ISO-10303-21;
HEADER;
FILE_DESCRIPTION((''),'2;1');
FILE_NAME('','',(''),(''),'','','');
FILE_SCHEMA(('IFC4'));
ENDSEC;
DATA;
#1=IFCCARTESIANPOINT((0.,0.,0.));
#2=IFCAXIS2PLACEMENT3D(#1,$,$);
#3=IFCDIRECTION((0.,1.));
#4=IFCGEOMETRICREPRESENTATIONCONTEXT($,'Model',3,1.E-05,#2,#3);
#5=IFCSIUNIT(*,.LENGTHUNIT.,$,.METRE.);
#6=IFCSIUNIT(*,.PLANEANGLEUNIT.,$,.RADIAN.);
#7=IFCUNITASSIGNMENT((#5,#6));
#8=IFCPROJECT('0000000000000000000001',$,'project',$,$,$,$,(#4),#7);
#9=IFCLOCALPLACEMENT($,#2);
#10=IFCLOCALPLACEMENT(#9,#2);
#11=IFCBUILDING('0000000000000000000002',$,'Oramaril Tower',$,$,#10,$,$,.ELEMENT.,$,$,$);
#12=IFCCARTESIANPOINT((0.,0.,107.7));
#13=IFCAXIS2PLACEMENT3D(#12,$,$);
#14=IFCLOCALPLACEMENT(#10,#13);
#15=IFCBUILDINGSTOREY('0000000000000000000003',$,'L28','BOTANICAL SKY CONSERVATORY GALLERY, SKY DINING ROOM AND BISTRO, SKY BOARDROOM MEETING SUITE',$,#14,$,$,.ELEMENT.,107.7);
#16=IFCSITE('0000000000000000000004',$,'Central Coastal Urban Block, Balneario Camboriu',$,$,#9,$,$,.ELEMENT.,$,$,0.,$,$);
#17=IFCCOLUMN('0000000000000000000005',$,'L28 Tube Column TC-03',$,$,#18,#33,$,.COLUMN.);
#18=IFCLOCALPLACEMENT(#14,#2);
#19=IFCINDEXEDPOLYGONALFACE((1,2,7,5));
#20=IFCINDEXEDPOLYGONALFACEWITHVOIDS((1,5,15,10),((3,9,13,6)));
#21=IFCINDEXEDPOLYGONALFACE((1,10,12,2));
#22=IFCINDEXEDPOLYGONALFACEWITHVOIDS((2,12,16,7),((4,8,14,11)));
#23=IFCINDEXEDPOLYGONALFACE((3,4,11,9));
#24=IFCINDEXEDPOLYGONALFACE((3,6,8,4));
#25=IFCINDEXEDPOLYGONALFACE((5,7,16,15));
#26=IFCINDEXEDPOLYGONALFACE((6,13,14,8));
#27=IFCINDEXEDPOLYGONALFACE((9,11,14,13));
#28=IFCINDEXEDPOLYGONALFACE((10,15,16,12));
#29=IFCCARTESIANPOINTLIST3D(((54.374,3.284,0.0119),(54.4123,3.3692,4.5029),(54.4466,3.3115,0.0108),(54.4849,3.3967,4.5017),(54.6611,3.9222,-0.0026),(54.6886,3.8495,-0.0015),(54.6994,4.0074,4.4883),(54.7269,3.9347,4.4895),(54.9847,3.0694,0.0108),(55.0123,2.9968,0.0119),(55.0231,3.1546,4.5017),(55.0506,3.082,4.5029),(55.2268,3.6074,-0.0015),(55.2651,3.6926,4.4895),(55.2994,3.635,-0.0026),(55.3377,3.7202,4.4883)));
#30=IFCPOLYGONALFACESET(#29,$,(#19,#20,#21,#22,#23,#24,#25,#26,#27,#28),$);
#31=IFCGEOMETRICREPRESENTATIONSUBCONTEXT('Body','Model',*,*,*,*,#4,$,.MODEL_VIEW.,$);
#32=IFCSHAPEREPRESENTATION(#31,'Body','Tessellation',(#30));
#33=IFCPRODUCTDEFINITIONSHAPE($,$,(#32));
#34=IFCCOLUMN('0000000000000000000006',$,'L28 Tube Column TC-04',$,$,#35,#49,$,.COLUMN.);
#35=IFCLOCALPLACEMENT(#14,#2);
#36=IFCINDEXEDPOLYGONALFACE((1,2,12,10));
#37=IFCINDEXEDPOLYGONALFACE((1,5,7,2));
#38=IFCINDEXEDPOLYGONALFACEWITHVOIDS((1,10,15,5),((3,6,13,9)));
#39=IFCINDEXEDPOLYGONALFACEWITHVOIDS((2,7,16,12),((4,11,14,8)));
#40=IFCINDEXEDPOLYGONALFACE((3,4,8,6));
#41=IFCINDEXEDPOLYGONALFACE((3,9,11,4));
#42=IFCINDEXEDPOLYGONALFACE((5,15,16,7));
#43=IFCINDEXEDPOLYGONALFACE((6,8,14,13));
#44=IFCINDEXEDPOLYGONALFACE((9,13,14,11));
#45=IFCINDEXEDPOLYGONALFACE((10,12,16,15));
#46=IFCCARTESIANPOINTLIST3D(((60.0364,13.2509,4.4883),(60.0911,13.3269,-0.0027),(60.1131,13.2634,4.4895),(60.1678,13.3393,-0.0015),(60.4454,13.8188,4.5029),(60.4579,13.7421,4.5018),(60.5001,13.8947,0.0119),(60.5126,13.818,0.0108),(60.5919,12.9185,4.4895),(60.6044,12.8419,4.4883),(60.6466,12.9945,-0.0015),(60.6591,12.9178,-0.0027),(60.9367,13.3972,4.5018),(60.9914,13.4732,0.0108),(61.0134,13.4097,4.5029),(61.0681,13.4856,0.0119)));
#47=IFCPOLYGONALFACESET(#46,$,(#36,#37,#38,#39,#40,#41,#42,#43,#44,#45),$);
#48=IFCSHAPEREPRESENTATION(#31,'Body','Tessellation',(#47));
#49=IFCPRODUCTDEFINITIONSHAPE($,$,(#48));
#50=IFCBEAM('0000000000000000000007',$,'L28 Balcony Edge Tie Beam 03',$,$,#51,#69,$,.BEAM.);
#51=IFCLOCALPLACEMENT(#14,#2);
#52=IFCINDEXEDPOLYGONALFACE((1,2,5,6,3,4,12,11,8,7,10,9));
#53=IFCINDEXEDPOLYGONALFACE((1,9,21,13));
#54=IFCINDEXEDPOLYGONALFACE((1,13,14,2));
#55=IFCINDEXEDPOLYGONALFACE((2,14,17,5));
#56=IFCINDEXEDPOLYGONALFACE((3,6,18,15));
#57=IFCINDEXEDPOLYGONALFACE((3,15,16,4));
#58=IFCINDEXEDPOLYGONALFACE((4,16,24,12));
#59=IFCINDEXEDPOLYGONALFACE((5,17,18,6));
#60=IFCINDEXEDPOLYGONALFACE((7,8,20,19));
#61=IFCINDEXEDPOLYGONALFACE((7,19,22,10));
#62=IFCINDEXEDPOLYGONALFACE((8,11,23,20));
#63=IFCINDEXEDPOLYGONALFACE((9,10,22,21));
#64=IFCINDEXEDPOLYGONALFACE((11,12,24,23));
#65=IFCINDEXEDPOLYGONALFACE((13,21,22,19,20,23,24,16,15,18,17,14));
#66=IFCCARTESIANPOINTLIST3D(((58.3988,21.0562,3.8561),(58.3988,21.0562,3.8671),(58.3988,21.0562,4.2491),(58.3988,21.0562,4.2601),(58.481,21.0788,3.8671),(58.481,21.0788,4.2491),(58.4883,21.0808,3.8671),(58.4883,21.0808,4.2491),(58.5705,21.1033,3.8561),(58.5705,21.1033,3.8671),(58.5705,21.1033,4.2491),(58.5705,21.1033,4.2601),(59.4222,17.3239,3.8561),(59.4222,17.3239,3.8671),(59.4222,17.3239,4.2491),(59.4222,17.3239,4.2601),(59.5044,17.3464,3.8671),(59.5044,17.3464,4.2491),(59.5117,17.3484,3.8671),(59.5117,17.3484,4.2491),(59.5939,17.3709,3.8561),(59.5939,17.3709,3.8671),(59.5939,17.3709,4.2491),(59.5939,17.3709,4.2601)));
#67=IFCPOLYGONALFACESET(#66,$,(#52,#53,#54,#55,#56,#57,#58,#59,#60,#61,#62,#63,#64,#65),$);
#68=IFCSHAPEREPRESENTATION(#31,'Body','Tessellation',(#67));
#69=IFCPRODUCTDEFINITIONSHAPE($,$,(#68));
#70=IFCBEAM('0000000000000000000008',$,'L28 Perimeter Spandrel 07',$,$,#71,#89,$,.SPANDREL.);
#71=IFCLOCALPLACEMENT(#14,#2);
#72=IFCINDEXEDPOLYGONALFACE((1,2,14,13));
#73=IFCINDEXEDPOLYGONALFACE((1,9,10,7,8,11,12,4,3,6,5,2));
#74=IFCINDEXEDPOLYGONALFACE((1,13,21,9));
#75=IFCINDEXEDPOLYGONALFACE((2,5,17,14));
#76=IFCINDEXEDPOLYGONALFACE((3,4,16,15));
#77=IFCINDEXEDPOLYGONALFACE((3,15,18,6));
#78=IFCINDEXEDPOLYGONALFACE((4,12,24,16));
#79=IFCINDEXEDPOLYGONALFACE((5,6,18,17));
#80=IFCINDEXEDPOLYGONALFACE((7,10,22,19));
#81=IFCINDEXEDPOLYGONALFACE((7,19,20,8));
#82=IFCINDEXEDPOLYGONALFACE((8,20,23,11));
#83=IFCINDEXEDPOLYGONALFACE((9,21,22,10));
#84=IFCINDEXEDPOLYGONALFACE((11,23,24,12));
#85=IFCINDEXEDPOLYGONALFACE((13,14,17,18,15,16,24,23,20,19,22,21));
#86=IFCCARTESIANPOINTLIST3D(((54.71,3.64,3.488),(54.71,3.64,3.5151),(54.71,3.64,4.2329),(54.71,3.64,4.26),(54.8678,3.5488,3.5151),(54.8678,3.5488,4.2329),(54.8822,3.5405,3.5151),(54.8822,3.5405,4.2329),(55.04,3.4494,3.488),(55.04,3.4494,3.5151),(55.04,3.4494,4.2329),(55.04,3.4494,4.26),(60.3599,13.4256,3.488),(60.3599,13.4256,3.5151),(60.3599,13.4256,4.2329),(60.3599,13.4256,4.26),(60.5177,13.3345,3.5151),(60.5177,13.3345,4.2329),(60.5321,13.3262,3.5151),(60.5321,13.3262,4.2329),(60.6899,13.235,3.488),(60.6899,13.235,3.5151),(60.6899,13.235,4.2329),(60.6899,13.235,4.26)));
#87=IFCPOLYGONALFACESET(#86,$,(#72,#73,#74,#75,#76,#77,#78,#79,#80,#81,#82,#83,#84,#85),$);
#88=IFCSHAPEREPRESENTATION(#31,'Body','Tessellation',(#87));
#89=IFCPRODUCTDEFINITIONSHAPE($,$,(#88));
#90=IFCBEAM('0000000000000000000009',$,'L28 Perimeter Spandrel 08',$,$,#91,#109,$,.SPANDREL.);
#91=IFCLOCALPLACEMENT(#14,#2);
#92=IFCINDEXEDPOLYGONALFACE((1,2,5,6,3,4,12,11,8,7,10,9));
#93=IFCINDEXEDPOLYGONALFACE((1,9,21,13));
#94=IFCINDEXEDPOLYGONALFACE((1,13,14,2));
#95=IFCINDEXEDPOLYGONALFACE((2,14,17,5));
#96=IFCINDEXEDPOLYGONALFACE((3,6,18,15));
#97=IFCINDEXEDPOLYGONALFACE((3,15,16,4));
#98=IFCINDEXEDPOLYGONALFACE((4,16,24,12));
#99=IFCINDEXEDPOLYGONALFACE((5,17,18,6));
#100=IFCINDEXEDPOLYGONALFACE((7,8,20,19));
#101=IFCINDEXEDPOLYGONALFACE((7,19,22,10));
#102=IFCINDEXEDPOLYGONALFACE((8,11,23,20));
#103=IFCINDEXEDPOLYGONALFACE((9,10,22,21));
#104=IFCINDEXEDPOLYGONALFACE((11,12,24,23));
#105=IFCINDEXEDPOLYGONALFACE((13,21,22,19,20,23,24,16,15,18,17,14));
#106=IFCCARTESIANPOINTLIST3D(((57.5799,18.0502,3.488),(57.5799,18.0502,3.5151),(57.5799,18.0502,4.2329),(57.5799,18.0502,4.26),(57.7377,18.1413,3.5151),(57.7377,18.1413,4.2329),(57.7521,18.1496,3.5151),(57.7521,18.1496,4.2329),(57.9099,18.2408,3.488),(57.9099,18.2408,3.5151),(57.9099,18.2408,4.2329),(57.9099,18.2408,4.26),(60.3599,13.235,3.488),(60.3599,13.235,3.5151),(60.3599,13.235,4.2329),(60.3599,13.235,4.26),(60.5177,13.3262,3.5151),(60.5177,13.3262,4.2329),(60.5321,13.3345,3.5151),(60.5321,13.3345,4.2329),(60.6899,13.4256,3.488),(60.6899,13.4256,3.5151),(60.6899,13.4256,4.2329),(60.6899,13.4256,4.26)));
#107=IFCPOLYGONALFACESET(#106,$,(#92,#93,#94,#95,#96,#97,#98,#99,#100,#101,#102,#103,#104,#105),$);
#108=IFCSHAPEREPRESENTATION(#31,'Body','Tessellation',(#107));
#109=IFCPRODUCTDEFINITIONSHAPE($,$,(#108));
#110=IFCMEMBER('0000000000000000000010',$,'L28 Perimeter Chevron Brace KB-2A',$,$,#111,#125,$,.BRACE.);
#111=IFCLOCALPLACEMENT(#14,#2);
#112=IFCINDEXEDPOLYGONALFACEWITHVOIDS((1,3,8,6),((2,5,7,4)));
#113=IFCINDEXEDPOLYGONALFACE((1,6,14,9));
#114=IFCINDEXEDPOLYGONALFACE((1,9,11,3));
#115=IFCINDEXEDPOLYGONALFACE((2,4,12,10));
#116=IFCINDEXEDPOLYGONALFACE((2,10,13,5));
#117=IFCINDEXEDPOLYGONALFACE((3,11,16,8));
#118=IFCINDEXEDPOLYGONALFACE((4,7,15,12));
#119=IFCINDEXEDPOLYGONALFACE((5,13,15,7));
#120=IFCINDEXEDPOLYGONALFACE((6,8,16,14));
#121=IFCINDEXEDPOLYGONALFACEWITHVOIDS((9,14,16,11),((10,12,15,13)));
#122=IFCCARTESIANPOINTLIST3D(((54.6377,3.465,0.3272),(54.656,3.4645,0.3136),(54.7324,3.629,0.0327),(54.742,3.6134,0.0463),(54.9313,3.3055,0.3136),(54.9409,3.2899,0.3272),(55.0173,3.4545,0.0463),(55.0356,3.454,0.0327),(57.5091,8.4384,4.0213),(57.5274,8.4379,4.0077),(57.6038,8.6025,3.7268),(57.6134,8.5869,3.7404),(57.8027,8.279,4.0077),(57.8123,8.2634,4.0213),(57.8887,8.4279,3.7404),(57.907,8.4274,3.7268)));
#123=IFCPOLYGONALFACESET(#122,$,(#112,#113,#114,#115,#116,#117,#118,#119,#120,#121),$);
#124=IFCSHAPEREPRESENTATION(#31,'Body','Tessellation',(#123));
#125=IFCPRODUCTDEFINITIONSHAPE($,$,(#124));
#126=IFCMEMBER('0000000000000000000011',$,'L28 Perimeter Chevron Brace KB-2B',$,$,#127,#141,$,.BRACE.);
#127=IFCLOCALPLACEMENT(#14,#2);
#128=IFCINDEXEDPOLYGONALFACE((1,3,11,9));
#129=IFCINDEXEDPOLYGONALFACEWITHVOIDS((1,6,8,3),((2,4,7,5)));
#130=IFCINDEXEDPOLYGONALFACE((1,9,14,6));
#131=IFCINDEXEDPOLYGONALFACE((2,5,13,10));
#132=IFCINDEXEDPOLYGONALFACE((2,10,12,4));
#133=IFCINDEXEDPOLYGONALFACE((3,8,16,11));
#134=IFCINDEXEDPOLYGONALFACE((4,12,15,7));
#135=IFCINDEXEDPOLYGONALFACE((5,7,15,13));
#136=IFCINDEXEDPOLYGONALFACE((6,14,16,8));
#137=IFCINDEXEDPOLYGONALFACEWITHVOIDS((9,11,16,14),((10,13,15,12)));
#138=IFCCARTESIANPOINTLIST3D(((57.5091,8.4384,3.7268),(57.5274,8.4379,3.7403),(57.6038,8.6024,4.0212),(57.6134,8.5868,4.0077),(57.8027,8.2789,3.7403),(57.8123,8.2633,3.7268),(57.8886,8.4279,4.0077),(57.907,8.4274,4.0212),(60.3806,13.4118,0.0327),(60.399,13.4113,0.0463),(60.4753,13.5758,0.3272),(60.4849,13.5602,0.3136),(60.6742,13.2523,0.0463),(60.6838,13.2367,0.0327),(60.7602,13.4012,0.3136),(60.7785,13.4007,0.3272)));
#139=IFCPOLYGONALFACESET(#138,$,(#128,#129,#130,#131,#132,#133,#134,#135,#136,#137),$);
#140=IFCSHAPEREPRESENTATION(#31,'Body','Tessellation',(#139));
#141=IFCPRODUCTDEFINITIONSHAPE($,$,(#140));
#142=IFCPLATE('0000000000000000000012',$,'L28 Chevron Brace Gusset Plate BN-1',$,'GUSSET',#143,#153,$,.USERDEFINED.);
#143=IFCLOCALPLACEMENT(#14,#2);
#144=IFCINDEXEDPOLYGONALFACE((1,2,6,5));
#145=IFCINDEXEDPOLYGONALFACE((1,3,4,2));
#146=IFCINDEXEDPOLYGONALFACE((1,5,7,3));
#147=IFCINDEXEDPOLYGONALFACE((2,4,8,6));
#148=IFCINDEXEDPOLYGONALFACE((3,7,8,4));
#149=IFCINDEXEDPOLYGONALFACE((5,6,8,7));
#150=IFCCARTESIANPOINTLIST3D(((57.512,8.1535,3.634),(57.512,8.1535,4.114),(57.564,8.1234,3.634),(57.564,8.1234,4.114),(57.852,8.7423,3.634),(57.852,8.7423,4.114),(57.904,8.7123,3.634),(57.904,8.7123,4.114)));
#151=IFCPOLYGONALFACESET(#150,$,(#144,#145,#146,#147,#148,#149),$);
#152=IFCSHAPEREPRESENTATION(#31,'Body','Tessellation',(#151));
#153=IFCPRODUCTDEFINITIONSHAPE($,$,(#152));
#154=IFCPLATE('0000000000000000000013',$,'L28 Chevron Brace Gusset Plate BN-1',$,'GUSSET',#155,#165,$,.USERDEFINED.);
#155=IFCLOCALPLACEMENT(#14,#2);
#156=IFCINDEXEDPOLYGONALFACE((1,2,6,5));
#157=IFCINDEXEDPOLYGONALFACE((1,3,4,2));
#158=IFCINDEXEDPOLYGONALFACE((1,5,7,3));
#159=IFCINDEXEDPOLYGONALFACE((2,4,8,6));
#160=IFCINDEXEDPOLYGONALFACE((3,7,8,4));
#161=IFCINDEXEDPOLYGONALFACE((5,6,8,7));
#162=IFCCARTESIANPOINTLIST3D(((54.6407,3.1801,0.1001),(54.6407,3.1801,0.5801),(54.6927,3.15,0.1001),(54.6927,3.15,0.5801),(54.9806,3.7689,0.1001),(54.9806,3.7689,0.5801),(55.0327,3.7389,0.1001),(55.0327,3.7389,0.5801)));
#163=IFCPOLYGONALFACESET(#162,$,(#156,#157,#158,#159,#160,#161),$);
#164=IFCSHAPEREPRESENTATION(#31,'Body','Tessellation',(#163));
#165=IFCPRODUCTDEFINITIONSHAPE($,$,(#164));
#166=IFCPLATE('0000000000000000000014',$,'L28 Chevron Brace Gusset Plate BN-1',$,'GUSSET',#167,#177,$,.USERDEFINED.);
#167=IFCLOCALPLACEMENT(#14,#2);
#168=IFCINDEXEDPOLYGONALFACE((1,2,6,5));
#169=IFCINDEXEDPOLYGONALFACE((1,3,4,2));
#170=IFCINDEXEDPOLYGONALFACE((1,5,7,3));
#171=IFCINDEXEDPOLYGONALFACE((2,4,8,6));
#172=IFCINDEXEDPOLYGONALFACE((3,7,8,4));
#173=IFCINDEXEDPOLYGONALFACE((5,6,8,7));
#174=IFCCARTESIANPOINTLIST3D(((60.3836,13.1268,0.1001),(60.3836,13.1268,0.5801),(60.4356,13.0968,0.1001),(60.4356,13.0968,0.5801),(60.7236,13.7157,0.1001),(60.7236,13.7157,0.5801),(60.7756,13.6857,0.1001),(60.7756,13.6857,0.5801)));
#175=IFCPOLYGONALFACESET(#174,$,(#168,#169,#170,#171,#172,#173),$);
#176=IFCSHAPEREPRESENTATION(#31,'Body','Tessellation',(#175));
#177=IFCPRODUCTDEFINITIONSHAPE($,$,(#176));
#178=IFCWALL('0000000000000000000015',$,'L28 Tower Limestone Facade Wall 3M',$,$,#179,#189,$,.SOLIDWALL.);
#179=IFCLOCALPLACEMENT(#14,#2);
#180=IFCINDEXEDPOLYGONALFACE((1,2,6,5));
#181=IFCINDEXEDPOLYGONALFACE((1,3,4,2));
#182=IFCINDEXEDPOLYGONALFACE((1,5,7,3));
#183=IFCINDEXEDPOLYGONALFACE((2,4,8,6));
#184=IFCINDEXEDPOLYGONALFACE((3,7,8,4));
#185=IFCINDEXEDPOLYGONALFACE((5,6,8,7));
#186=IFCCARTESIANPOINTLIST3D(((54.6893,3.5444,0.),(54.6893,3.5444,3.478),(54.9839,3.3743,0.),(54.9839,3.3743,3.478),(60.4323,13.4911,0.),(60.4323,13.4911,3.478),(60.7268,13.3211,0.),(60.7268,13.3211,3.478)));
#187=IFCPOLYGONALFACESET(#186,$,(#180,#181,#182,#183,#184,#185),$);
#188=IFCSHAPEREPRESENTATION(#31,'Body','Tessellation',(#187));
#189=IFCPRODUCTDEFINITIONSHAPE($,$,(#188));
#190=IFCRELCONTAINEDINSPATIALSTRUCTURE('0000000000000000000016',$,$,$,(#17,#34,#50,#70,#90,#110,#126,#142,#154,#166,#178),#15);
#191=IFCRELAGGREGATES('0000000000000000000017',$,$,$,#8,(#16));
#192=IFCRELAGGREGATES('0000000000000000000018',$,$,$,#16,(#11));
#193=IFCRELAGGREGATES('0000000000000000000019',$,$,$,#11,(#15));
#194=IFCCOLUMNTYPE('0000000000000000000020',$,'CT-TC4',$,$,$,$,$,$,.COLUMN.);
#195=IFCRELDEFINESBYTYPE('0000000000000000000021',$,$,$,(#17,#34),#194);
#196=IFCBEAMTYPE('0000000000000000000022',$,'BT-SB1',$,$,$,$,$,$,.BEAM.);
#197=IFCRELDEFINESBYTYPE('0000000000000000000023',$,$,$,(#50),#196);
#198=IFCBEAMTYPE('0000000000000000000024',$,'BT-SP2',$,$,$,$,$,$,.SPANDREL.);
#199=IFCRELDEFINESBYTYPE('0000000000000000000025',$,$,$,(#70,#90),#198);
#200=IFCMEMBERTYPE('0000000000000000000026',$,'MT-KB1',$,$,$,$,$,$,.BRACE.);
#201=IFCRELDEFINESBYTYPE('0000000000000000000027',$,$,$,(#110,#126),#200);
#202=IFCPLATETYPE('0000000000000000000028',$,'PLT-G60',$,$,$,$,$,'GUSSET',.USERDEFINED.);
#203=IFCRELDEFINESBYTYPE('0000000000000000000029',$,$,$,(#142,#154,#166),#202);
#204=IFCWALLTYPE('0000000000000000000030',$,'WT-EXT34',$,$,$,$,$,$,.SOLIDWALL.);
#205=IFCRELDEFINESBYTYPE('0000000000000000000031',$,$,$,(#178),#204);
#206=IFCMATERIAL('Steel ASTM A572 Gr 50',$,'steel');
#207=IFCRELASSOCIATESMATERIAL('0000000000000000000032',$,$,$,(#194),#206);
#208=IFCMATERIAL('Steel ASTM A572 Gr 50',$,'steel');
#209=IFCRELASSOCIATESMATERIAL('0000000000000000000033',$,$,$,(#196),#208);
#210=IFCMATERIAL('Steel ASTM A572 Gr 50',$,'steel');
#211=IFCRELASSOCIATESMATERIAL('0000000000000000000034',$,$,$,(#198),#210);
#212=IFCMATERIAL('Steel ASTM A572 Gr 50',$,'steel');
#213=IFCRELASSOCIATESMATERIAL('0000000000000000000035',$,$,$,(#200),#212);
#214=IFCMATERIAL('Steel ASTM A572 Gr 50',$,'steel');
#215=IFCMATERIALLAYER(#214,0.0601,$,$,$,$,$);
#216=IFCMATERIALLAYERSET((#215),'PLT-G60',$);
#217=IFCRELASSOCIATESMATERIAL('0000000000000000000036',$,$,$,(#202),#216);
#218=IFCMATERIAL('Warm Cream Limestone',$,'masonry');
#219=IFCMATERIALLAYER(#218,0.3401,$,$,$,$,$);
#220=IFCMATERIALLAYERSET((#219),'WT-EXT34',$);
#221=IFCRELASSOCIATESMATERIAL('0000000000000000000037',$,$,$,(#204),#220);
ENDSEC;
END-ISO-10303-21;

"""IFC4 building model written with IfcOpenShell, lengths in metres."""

from ifc_helpers import new_model, si_unit, direction, frame, frame_2d, origin, origin_2d, place, context, subcontext, project, spatial, rectangle, hollow_rectangle, i_section, extrude, material, layer, layer_set, material_profile, profile_set, type_object, element, save


model = new_model("IFC4")

# Units and contexts
model_context = context("Model", 3, precision=1e-05, world=origin(), true_north=direction((0.0, 1.0)))
body_context = subcontext(model_context, "Body", "Model", "MODEL_VIEW")
ifc_project = project(units=[si_unit("LENGTHUNIT", "METRE"), si_unit("PLANEANGLEUNIT", "RADIAN")], contexts=[model_context])

# Site, building, storey
site_placement = place(None, origin())
site = spatial("IfcSite", under=ifc_project, at=site_placement, Name="Central Coastal Urban Block, Balneario Camboriu", CompositionType="ELEMENT", RefElevation=0.0)
building_placement = place(site_placement, origin())
building = spatial("IfcBuilding", under=site, at=building_placement, Name="Oramaril Tower", CompositionType="ELEMENT")
storey_placement = place(building_placement, frame((0.0, 0.0, 107.7)))
storey = spatial("IfcBuildingStorey", under=building, at=storey_placement, Name="L28", Description="BOTANICAL SKY CONSERVATORY GALLERY, SKY DINING ROOM AND BISTRO, SKY BOARDROOM MEETING SUITE", CompositionType="ELEMENT", Elevation=107.7)

# Columns
ifc_material_1 = material(Name="Steel ASTM A572 Gr 50", Category="steel")
ifc_material_profile_1 = material_profile(ifc_material_1, hollow_rectangle(XDim=0.7, YDim=0.7, WallThickness=0.0549, at=origin_2d()), Name="BOX700X700X55")
ifc_profile_set_1 = profile_set([ifc_material_profile_1], Name="Steel ASTM A572 Gr 50")
column_type = type_object("IfcColumnType", Name="CT-TC4", PredefinedType="COLUMN", material=ifc_profile_set_1)
for number, where, z_axis, x_axis, name in (
    (1, (54.8367, 3.4595, 0.0046), (0.008533, 0.018968, 0.999784), (-0.91197, 0.410256, 0.0), "L28 Tube Column TC-03"),
    (2, (60.5796, 13.4062, 0.0046), (-0.012175, -0.016903, 0.999783), (0.811435, -0.584442, 0.0), "L28 Tube Column TC-04"),
):
    element("IfcColumn", number, at=place(storey_placement, frame(where, z_axis=z_axis, x_axis=x_axis)), inside=storey, type_object=column_type, Name=name, PredefinedType="COLUMN", context=body_context, shape_type="SweptSolid", body=[
        extrude(hollow_rectangle(XDim=0.7, YDim=0.7, WallThickness=0.0549, at=origin_2d()), origin(), (0.0, 0.0, 1.0), 4.4919),
    ])

# Beams
ifc_material_2 = material(Name="Steel ASTM A572 Gr 50", Category="steel")
ifc_material_profile_2 = material_profile(ifc_material_2, i_section(OverallWidth=0.178, OverallDepth=0.4041, WebThickness=0.0076, FlangeThickness=0.011, at=origin_2d()), Name="W16X36")
ifc_profile_set_2 = profile_set([ifc_material_profile_2], Name="Steel ASTM A572 Gr 50")
beam_type_1 = type_object("IfcBeamType", Name="BT-SB1", PredefinedType="BEAM", material=ifc_profile_set_2)
beam_1_placement = place(storey_placement, frame((59.5081, 17.3474, 4.0581), z_axis=(-0.264441, 0.964402, 0.0), x_axis=(-0.964402, -0.264441, 0.0)))
element("IfcBeam", 3, at=beam_1_placement, inside=storey, type_object=beam_type_1, Name="L28 Balcony Edge Tie Beam 03", PredefinedType="BEAM", context=body_context, shape_type="SweptSolid", body=[
    extrude(i_section(OverallWidth=0.178, OverallDepth=0.4041, WebThickness=0.0076, FlangeThickness=0.011, at=origin_2d()), origin(), (0.0, 0.0, 1.0), 3.8701),
])
ifc_material_3 = material(Name="Steel ASTM A572 Gr 50", Category="steel")
ifc_material_profile_3 = material_profile(ifc_material_3, i_section(OverallWidth=0.3811, OverallDepth=0.772, WebThickness=0.0166, FlangeThickness=0.0271, at=origin_2d()), Name="W30X173")
ifc_profile_set_3 = profile_set([ifc_material_profile_3], Name="Steel ASTM A572 Gr 50")
beam_type_2 = type_object("IfcBeamType", Name="BT-SP2", PredefinedType="SPANDREL", material=ifc_profile_set_3)
beam_2_placement = place(storey_placement, frame((54.875, 3.5447, 3.874), z_axis=(0.50001, 0.866019, 0.0), x_axis=(-0.866019, 0.50001, 0.0)))
element("IfcBeam", 4, at=beam_2_placement, inside=storey, type_object=beam_type_2, Name="L28 Perimeter Spandrel 07", PredefinedType="SPANDREL", context=body_context, shape_type="SweptSolid", body=[
    extrude(i_section(OverallWidth=0.3811, OverallDepth=0.772, WebThickness=0.0166, FlangeThickness=0.0271, at=origin_2d()), origin(), (0.0, 0.0, 1.0), 11.2996),
])
beam_3_placement = place(storey_placement, frame((60.5249, 13.3303, 3.874), z_axis=(-0.499997, 0.866027, 0.0), x_axis=(-0.866027, -0.499997, 0.0)))
element("IfcBeam", 5, at=beam_3_placement, inside=storey, type_object=beam_type_2, Name="L28 Perimeter Spandrel 08", PredefinedType="SPANDREL", context=body_context, shape_type="SweptSolid", body=[
    extrude(i_section(OverallWidth=0.3811, OverallDepth=0.772, WebThickness=0.0166, FlangeThickness=0.0271, at=origin_2d()), origin(), (0.0, 0.0, 1.0), 5.5601),
])

# Members
ifc_material_4 = material(Name="Steel ASTM A572 Gr 50", Category="steel")
ifc_material_profile_4 = material_profile(ifc_material_4, hollow_rectangle(XDim=0.3501, YDim=0.3501, WallThickness=0.0161, at=origin_2d()), Name="HSS350X350X16")
ifc_profile_set_4 = profile_set([ifc_material_profile_4], Name="Steel ASTM A572 Gr 50")
member_type = type_object("IfcMemberType", Name="MT-KB1", PredefinedType="BRACE", material=ifc_profile_set_4)
for number, where, z_axis, x_axis, name in (
    (6, (54.8367, 3.4595, 0.1799), (0.420506, 0.728351, 0.540998), (-0.866029, 0.499994, 0.0), "L28 Perimeter Chevron Brace KB-2A"),
    (7, (60.5796, 13.4062, 0.1799), (-0.420536, -0.72834, 0.54099), (0.866011, -0.500025, 0.0), "L28 Perimeter Chevron Brace KB-2B"),
):
    element("IfcMember", number, at=place(storey_placement, frame(where, z_axis=z_axis, x_axis=x_axis)), inside=storey, type_object=member_type, Name=name, PredefinedType="BRACE", context=body_context, shape_type="SweptSolid", body=[
        extrude(hollow_rectangle(XDim=0.3501, YDim=0.3501, WallThickness=0.0161, at=origin_2d()), origin(), (0.0, 0.0, 1.0), 6.8284),
    ])

# Plates
ifc_material_5 = material(Name="Steel ASTM A572 Gr 50", Category="steel")
ifc_layer_1 = layer(ifc_material_5, 0.0601)
ifc_layer_set_1 = layer_set([ifc_layer_1], Name="PLT-G60")
plate_type = type_object("IfcPlateType", Name="PLT-G60", ElementType="GUSSET", PredefinedType="USERDEFINED", material=ifc_layer_set_1)
for number, where, z_axis, x_axis, name in (
    (8, (57.708, 8.4329, 3.634), (0.0, 0.0, 1.0), (0.500003, 0.866024, 0.0), "L28 Chevron Brace Gusset Plate BN-1"),
    (9, (54.8367, 3.4595, 0.1001), (0.0, 0.0, 1.0), (0.500003, 0.866024, 0.0), "L28 Chevron Brace Gusset Plate BN-1"),
    (10, (60.5796, 13.4062, 0.1001), (0.0, 0.0, 1.0), (0.500003, 0.866024, 0.0), "L28 Chevron Brace Gusset Plate BN-1"),
):
    element("IfcPlate", number, at=place(storey_placement, frame(where, z_axis=z_axis, x_axis=x_axis)), inside=storey, type_object=plate_type, Name=name, ObjectType="GUSSET", PredefinedType="USERDEFINED", context=body_context, shape_type="SweptSolid", body=[
        extrude(rectangle(XDim=0.6799, YDim=0.0601, at=origin_2d()), origin(), (0.0, 0.0, 1.0), 0.48),
    ])

# Wall
ifc_material_6 = material(Name="Warm Cream Limestone", Category="masonry")
ifc_layer_2 = layer(ifc_material_6, 0.3401)
ifc_layer_set_2 = layer_set([ifc_layer_2], Name="WT-EXT34")
wall_type = type_object("IfcWallType", Name="WT-EXT34", PredefinedType="SOLIDWALL", material=ifc_layer_set_2)
wall_1_placement = place(storey_placement, frame((54.8367, 3.4595, 0.0), z_axis=(0.0, 0.0, 1.0), x_axis=(0.500009, 0.86602, 0.0)))
element("IfcWall", 11, at=wall_1_placement, inside=storey, type_object=wall_type, Name="L28 Tower Limestone Facade Wall 3M", PredefinedType="SOLIDWALL", context=body_context, shape_type="SweptSolid", body=[
    extrude(rectangle(XDim=11.4856, YDim=0.3401, at=frame_2d((5.7427, 0.0))), origin(), (0.0, 0.0, 1.0), 3.478),
])

save(model, "model.ifc")
